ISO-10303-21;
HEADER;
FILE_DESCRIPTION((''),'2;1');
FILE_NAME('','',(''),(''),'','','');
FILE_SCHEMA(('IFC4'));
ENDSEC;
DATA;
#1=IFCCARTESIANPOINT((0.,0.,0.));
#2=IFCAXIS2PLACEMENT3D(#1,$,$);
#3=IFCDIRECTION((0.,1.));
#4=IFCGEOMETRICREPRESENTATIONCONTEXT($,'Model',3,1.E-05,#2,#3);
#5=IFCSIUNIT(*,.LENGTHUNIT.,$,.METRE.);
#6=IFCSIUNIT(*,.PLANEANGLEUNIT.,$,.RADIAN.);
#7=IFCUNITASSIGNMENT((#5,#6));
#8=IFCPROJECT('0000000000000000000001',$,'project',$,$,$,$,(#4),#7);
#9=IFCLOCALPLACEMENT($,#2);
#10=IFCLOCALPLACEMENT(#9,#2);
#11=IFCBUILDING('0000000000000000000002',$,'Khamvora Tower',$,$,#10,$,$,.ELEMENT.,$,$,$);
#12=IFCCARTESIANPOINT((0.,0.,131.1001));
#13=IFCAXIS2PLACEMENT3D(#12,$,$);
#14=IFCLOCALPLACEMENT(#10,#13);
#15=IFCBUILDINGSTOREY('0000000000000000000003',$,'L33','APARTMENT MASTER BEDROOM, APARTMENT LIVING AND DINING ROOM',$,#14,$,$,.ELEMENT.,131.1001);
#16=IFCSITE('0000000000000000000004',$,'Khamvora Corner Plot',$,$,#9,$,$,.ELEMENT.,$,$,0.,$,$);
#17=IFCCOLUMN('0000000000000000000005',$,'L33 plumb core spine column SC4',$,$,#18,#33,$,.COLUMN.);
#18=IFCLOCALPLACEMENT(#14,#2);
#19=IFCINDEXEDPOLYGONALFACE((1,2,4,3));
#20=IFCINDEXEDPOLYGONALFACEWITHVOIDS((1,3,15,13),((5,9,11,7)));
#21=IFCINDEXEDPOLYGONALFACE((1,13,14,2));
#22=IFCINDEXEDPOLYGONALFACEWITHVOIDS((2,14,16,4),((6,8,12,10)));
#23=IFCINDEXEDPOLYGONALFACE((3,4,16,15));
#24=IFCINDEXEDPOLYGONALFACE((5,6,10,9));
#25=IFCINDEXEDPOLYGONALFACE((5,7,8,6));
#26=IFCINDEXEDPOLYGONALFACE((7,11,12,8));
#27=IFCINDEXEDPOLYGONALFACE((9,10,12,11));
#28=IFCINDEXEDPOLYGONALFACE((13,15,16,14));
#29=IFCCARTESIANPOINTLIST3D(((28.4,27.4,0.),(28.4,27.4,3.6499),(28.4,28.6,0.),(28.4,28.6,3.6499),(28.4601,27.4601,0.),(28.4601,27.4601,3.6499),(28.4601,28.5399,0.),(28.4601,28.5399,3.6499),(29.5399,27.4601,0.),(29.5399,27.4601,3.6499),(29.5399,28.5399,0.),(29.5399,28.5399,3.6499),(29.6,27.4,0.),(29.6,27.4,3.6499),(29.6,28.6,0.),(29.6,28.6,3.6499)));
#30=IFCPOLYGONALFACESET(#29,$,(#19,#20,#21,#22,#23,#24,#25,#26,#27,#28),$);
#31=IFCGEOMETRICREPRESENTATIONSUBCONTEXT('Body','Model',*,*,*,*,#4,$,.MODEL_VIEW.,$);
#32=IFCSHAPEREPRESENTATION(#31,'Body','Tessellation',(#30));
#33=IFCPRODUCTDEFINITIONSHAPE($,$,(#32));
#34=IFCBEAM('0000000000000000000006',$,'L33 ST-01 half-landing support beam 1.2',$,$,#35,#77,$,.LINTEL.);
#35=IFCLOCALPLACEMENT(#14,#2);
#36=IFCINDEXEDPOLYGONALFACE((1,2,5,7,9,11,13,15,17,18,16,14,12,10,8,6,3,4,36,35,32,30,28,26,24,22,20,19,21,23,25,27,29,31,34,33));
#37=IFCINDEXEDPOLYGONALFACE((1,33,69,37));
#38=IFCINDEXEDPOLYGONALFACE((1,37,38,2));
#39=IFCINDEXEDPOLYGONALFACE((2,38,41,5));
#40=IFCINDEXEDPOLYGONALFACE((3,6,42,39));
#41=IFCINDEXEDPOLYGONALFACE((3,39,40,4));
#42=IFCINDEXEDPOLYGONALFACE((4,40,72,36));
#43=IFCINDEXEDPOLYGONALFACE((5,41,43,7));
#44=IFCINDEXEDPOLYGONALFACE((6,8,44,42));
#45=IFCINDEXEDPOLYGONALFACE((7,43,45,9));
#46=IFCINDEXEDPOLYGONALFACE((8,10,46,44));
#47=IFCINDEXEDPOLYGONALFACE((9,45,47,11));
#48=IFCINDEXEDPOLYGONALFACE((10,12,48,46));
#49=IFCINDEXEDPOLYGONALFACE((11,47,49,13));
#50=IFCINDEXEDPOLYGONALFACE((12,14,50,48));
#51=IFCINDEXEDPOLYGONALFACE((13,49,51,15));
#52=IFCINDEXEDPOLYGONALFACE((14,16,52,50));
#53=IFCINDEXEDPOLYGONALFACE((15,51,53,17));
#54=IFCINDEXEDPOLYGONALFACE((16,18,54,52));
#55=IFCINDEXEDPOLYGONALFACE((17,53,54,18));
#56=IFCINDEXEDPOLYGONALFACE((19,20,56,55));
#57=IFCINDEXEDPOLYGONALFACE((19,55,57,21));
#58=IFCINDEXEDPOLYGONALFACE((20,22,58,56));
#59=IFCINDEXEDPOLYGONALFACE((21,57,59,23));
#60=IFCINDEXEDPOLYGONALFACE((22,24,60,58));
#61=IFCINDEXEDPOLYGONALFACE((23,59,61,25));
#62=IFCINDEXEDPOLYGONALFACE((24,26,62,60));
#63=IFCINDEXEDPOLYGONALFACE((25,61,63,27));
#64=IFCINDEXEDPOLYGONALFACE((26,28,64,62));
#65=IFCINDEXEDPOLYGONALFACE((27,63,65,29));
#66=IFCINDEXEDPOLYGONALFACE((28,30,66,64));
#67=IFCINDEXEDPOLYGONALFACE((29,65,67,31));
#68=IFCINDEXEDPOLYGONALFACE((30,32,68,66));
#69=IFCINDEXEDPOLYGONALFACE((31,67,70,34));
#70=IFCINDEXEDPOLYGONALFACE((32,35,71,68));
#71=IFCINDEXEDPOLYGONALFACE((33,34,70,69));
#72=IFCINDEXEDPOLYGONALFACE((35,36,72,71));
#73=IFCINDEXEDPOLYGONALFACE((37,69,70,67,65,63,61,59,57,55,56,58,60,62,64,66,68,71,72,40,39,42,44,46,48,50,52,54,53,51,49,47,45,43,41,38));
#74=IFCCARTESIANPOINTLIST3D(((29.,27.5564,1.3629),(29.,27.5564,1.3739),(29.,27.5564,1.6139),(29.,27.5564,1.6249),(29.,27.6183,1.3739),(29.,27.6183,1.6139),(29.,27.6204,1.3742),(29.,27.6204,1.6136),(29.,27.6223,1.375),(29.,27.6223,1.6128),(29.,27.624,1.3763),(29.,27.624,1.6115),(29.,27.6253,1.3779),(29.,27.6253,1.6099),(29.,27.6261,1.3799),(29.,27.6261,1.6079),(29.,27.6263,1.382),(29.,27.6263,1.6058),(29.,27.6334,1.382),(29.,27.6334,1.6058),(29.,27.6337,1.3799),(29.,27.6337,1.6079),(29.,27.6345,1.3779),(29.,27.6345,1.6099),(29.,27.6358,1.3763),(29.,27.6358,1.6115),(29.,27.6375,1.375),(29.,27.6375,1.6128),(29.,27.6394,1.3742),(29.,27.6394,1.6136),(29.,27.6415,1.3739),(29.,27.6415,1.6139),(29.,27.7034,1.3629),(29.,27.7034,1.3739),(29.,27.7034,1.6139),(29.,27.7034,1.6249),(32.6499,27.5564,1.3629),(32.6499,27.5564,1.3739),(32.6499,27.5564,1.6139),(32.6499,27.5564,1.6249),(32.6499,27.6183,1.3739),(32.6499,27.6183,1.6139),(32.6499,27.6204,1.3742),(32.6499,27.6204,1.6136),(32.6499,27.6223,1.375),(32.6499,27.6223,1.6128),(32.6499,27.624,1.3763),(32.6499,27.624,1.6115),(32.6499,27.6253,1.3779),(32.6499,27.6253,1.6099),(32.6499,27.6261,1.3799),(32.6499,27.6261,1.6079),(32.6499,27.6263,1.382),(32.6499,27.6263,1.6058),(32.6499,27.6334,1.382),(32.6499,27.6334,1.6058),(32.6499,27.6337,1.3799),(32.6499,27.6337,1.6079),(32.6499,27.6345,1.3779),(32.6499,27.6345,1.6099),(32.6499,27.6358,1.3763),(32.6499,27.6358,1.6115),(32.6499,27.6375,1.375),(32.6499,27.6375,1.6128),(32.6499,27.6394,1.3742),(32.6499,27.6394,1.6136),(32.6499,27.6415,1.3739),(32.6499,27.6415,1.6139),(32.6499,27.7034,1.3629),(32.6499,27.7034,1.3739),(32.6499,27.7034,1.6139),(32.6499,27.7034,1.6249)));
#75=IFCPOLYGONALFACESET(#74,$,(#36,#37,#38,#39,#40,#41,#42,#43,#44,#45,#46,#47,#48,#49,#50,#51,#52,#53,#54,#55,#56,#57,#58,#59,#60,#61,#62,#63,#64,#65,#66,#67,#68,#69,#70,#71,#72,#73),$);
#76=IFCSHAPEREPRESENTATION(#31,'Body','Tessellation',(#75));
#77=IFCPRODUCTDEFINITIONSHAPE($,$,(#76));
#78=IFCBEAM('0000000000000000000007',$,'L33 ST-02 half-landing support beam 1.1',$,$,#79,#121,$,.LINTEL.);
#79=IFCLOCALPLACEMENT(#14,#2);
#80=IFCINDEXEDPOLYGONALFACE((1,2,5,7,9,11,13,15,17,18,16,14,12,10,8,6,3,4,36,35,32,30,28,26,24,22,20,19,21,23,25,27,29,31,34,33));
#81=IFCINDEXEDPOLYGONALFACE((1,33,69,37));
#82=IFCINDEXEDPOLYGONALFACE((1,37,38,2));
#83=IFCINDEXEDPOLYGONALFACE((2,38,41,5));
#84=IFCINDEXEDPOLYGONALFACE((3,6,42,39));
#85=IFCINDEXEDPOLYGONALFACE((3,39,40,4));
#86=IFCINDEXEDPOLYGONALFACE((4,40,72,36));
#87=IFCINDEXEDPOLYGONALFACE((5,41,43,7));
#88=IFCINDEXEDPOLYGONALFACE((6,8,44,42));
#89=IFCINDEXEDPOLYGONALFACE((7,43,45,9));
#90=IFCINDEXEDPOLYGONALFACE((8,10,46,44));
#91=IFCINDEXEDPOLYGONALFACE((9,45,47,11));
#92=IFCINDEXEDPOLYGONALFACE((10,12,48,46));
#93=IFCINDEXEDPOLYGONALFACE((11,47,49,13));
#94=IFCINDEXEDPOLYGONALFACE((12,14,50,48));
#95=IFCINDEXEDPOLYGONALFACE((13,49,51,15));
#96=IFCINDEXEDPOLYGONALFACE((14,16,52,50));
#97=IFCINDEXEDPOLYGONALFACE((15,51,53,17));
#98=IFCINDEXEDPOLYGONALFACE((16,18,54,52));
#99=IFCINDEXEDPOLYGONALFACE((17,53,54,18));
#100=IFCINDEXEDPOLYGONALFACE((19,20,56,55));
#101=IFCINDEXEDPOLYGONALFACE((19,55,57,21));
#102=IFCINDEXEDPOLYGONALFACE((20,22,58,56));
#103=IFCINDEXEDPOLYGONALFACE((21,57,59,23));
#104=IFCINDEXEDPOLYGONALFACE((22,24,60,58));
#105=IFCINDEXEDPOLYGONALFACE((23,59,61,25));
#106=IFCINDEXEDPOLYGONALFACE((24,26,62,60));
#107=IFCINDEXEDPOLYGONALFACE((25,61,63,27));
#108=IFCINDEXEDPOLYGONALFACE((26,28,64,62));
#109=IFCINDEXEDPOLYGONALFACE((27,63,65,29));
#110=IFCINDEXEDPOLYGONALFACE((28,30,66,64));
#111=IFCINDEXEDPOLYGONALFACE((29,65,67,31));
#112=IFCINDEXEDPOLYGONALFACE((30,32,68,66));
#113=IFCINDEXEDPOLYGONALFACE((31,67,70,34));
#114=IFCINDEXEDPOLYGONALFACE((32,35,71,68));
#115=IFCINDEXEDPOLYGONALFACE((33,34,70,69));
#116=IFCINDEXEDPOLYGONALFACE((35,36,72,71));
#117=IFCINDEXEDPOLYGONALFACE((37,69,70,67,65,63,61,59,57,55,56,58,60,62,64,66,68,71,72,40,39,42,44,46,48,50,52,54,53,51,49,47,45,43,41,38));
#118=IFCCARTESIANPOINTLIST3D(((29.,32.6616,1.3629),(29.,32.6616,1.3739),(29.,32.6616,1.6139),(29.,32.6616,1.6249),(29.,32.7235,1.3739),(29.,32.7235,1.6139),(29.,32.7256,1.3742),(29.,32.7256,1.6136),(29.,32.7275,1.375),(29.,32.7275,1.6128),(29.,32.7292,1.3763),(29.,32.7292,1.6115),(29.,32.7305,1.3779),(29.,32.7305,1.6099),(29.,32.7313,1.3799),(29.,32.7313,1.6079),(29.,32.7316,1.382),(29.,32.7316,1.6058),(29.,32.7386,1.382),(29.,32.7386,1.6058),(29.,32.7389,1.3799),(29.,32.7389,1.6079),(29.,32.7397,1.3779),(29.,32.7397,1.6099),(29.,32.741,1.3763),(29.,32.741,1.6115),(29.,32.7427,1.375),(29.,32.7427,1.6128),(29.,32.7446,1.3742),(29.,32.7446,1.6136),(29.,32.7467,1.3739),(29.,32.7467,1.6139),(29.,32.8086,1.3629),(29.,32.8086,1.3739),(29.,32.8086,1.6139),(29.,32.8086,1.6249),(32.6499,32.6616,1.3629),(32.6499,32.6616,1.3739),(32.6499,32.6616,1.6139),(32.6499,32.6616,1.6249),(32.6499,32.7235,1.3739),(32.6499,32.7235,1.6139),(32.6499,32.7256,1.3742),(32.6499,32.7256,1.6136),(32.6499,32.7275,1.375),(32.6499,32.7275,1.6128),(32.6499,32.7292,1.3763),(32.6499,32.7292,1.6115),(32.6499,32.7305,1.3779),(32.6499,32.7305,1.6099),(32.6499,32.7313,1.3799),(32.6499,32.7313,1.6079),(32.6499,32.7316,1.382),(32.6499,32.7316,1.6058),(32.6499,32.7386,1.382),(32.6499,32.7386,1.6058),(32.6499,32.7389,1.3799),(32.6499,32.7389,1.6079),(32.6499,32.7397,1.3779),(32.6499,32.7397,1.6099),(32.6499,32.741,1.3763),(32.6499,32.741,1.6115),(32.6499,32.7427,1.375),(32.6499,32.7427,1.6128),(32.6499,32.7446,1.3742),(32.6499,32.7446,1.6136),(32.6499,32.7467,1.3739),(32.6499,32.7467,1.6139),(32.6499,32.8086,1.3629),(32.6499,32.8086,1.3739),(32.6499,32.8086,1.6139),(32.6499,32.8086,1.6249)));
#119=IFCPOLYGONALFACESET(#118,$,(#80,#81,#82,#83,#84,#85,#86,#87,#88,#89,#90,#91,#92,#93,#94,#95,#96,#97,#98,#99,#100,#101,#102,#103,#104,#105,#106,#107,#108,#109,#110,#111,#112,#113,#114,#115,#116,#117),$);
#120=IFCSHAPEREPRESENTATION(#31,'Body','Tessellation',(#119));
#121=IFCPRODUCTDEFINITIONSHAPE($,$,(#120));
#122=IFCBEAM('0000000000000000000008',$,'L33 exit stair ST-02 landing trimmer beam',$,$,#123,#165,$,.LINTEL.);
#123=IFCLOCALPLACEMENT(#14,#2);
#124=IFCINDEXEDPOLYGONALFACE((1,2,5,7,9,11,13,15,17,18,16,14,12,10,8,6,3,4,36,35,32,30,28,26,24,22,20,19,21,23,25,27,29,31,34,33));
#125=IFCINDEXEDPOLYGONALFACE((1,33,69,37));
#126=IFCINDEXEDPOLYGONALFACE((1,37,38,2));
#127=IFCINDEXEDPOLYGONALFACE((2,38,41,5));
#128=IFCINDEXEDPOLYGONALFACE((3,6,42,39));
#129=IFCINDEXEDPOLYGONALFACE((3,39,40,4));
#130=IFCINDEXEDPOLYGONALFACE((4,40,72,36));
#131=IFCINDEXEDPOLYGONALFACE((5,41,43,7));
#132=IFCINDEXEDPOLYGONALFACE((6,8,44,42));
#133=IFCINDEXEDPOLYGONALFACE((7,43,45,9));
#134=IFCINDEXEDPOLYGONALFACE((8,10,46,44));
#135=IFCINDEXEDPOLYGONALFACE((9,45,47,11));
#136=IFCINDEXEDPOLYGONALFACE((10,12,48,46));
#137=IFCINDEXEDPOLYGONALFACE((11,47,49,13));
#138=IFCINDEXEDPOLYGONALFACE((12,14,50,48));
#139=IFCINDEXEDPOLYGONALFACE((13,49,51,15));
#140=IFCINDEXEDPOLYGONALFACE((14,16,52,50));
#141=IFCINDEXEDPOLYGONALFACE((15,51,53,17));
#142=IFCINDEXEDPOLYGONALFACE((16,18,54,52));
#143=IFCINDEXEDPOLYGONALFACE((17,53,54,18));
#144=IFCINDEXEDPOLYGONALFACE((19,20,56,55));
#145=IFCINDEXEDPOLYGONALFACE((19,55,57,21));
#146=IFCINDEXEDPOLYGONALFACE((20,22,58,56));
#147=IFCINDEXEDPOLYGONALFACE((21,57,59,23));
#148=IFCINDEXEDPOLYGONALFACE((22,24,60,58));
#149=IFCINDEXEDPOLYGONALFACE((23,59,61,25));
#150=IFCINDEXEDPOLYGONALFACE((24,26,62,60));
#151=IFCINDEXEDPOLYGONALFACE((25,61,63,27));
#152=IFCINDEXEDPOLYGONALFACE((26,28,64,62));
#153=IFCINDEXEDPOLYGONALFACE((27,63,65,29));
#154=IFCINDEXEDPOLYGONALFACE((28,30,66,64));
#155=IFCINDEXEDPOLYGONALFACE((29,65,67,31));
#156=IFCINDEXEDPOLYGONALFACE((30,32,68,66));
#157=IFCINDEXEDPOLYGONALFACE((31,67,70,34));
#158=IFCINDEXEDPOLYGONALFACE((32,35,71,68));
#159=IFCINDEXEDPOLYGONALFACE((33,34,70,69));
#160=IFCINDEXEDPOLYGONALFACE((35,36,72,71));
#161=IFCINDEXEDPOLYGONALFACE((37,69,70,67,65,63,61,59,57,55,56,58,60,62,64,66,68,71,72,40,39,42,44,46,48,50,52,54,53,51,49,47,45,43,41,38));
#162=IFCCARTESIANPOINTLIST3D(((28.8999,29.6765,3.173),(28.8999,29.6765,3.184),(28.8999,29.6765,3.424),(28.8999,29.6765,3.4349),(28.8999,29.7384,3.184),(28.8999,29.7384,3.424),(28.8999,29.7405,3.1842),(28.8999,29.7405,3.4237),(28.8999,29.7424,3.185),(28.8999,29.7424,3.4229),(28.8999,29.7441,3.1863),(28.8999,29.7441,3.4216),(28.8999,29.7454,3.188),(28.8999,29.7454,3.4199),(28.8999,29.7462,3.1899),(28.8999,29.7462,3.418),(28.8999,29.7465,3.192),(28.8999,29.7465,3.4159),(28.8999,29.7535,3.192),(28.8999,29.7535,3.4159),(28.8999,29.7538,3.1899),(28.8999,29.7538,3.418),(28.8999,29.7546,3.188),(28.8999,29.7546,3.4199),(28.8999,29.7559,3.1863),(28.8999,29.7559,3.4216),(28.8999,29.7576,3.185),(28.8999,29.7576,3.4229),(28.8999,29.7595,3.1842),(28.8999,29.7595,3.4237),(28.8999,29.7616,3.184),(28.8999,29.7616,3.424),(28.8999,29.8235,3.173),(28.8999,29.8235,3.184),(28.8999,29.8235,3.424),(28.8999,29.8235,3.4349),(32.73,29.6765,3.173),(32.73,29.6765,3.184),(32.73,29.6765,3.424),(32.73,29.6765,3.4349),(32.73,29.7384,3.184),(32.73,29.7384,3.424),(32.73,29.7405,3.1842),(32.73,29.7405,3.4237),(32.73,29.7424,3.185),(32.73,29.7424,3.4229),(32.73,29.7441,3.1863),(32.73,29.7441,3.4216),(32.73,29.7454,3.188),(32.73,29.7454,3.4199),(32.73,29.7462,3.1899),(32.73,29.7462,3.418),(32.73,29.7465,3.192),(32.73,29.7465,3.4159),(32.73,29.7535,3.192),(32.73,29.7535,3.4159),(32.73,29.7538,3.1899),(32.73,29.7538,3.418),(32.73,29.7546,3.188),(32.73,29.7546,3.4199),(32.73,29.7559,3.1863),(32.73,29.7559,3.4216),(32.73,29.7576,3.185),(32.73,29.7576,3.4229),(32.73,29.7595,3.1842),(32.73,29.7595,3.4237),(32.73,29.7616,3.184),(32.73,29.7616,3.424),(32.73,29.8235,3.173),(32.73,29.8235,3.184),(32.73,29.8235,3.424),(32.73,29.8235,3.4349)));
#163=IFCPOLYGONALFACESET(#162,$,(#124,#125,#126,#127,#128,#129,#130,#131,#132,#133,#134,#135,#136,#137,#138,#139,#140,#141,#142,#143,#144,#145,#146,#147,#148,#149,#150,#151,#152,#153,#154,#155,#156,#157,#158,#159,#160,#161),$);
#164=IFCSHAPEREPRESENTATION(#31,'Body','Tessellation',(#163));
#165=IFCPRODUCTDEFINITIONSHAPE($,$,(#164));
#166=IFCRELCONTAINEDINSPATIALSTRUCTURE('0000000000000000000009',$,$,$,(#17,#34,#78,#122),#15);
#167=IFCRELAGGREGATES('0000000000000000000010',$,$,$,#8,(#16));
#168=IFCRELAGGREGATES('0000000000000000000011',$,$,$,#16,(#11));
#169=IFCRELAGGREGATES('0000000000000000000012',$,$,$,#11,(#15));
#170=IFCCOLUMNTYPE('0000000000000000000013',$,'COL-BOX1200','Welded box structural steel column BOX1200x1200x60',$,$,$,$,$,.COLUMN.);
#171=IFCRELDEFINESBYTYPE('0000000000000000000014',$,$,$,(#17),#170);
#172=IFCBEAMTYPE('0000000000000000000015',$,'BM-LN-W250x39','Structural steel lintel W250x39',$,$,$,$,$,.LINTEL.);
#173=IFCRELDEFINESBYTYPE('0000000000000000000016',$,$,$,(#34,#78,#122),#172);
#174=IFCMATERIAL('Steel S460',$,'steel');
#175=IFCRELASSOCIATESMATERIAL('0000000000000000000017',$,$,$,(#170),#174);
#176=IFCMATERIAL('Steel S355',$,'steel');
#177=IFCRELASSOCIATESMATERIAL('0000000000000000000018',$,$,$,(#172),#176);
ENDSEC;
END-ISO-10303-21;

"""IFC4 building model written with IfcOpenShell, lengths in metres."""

from ifc_helpers import new_model, si_unit, direction, frame, origin, origin_2d, place, context, subcontext, project, spatial, hollow_rectangle, i_section, extrude, material, material_profile, profile_set, type_object, element, save


model = new_model("IFC4")

# Units and contexts
model_context = context("Model", 3, precision=1e-05, world=origin(), true_north=direction((0.0, 1.0)))
body_context = subcontext(model_context, "Body", "Model", "MODEL_VIEW")
ifc_project = project(units=[si_unit("LENGTHUNIT", "METRE"), si_unit("PLANEANGLEUNIT", "RADIAN")], contexts=[model_context])

# Site, building, storey
site_placement = place(None, origin())
site = spatial("IfcSite", under=ifc_project, at=site_placement, Name="Khamvora Corner Plot", CompositionType="ELEMENT", RefElevation=0.0)
building_placement = place(site_placement, origin())
building = spatial("IfcBuilding", under=site, at=building_placement, Name="Khamvora Tower", CompositionType="ELEMENT")
storey_placement = place(building_placement, frame((0.0, 0.0, 131.1001)))
storey = spatial("IfcBuildingStorey", under=building, at=storey_placement, Name="L33", Description="APARTMENT MASTER BEDROOM, APARTMENT LIVING AND DINING ROOM", CompositionType="ELEMENT", Elevation=131.1001)

# Column
ifc_material_1 = material(Name="Steel S460", Category="steel")
ifc_material_profile_1 = material_profile(ifc_material_1, hollow_rectangle(XDim=1.2, YDim=1.2, WallThickness=0.0601, at=origin_2d()), Name="BOX1200x1200x60")
ifc_profile_set_1 = profile_set([ifc_material_profile_1], Name="Steel S460")
column_type = type_object("IfcColumnType", Name="COL-BOX1200", Description="Welded box structural steel column BOX1200x1200x60", PredefinedType="COLUMN", material=ifc_profile_set_1)
column_placement = place(storey_placement, frame((29.0, 28.0, 0.0), z_axis=(0.0, 0.0, 1.0), x_axis=(1.0, 0.0, 0.0)))
element("IfcColumn", 1, at=column_placement, inside=storey, type_object=column_type, Name="L33 plumb core spine column SC4", PredefinedType="COLUMN", context=body_context, shape_type="SweptSolid", body=[
    extrude(hollow_rectangle(XDim=1.2, YDim=1.2, WallThickness=0.0601, at=origin_2d()), origin(), (0.0, 0.0, 1.0), 3.6499),
])

# Beams
ifc_material_2 = material(Name="Steel S355", Category="steel")
ifc_material_profile_2 = material_profile(ifc_material_2, i_section(OverallWidth=0.147, OverallDepth=0.262, WebThickness=0.0071, FlangeThickness=0.011, FilletRadius=0.0081, at=origin_2d()), Name="W250x39")
ifc_profile_set_2 = profile_set([ifc_material_profile_2], Name="Steel S355")
beam_type_1 = type_object("IfcBeamType", Name="BM-LN-W250x39", Description="Structural steel lintel W250x39", PredefinedType="LINTEL", material=ifc_profile_set_2)
for number, where, z_axis, x_axis, name in (
    (2, (29.0, 27.6299, 1.4939), (1.0, 0.0, 0.0), (0.0, 1.0, 0.0), "L33 ST-01 half-landing support beam 1.2"),
    (3, (29.0, 32.7351, 1.4939), (1.0, 0.0, 0.0), (0.0, 1.0, 0.0), "L33 ST-02 half-landing support beam 1.1"),
):
    element("IfcBeam", number, at=place(storey_placement, frame(where, z_axis=z_axis, x_axis=x_axis)), inside=storey, type_object=beam_type_1, Name=name, PredefinedType="LINTEL", context=body_context, shape_type="SweptSolid", body=[
        extrude(i_section(OverallWidth=0.147, OverallDepth=0.262, WebThickness=0.0071, FlangeThickness=0.011, FilletRadius=0.0081, at=origin_2d()), origin(), (0.0, 0.0, 1.0), 3.6499),
    ])
beam_1_placement = place(storey_placement, frame((28.8999, 29.75, 3.304), z_axis=(1.0, 0.0, 0.0), x_axis=(0.0, 1.0, 0.0)))
element("IfcBeam", 4, at=beam_1_placement, inside=storey, type_object=beam_type_1, Name="L33 exit stair ST-02 landing trimmer beam", PredefinedType="LINTEL", context=body_context, shape_type="SweptSolid", body=[
    extrude(i_section(OverallWidth=0.147, OverallDepth=0.262, WebThickness=0.0071, FlangeThickness=0.011, FilletRadius=0.0081, at=origin_2d()), origin(), (0.0, 0.0, 1.0), 3.8301),
])

save(model, "model.ifc")
